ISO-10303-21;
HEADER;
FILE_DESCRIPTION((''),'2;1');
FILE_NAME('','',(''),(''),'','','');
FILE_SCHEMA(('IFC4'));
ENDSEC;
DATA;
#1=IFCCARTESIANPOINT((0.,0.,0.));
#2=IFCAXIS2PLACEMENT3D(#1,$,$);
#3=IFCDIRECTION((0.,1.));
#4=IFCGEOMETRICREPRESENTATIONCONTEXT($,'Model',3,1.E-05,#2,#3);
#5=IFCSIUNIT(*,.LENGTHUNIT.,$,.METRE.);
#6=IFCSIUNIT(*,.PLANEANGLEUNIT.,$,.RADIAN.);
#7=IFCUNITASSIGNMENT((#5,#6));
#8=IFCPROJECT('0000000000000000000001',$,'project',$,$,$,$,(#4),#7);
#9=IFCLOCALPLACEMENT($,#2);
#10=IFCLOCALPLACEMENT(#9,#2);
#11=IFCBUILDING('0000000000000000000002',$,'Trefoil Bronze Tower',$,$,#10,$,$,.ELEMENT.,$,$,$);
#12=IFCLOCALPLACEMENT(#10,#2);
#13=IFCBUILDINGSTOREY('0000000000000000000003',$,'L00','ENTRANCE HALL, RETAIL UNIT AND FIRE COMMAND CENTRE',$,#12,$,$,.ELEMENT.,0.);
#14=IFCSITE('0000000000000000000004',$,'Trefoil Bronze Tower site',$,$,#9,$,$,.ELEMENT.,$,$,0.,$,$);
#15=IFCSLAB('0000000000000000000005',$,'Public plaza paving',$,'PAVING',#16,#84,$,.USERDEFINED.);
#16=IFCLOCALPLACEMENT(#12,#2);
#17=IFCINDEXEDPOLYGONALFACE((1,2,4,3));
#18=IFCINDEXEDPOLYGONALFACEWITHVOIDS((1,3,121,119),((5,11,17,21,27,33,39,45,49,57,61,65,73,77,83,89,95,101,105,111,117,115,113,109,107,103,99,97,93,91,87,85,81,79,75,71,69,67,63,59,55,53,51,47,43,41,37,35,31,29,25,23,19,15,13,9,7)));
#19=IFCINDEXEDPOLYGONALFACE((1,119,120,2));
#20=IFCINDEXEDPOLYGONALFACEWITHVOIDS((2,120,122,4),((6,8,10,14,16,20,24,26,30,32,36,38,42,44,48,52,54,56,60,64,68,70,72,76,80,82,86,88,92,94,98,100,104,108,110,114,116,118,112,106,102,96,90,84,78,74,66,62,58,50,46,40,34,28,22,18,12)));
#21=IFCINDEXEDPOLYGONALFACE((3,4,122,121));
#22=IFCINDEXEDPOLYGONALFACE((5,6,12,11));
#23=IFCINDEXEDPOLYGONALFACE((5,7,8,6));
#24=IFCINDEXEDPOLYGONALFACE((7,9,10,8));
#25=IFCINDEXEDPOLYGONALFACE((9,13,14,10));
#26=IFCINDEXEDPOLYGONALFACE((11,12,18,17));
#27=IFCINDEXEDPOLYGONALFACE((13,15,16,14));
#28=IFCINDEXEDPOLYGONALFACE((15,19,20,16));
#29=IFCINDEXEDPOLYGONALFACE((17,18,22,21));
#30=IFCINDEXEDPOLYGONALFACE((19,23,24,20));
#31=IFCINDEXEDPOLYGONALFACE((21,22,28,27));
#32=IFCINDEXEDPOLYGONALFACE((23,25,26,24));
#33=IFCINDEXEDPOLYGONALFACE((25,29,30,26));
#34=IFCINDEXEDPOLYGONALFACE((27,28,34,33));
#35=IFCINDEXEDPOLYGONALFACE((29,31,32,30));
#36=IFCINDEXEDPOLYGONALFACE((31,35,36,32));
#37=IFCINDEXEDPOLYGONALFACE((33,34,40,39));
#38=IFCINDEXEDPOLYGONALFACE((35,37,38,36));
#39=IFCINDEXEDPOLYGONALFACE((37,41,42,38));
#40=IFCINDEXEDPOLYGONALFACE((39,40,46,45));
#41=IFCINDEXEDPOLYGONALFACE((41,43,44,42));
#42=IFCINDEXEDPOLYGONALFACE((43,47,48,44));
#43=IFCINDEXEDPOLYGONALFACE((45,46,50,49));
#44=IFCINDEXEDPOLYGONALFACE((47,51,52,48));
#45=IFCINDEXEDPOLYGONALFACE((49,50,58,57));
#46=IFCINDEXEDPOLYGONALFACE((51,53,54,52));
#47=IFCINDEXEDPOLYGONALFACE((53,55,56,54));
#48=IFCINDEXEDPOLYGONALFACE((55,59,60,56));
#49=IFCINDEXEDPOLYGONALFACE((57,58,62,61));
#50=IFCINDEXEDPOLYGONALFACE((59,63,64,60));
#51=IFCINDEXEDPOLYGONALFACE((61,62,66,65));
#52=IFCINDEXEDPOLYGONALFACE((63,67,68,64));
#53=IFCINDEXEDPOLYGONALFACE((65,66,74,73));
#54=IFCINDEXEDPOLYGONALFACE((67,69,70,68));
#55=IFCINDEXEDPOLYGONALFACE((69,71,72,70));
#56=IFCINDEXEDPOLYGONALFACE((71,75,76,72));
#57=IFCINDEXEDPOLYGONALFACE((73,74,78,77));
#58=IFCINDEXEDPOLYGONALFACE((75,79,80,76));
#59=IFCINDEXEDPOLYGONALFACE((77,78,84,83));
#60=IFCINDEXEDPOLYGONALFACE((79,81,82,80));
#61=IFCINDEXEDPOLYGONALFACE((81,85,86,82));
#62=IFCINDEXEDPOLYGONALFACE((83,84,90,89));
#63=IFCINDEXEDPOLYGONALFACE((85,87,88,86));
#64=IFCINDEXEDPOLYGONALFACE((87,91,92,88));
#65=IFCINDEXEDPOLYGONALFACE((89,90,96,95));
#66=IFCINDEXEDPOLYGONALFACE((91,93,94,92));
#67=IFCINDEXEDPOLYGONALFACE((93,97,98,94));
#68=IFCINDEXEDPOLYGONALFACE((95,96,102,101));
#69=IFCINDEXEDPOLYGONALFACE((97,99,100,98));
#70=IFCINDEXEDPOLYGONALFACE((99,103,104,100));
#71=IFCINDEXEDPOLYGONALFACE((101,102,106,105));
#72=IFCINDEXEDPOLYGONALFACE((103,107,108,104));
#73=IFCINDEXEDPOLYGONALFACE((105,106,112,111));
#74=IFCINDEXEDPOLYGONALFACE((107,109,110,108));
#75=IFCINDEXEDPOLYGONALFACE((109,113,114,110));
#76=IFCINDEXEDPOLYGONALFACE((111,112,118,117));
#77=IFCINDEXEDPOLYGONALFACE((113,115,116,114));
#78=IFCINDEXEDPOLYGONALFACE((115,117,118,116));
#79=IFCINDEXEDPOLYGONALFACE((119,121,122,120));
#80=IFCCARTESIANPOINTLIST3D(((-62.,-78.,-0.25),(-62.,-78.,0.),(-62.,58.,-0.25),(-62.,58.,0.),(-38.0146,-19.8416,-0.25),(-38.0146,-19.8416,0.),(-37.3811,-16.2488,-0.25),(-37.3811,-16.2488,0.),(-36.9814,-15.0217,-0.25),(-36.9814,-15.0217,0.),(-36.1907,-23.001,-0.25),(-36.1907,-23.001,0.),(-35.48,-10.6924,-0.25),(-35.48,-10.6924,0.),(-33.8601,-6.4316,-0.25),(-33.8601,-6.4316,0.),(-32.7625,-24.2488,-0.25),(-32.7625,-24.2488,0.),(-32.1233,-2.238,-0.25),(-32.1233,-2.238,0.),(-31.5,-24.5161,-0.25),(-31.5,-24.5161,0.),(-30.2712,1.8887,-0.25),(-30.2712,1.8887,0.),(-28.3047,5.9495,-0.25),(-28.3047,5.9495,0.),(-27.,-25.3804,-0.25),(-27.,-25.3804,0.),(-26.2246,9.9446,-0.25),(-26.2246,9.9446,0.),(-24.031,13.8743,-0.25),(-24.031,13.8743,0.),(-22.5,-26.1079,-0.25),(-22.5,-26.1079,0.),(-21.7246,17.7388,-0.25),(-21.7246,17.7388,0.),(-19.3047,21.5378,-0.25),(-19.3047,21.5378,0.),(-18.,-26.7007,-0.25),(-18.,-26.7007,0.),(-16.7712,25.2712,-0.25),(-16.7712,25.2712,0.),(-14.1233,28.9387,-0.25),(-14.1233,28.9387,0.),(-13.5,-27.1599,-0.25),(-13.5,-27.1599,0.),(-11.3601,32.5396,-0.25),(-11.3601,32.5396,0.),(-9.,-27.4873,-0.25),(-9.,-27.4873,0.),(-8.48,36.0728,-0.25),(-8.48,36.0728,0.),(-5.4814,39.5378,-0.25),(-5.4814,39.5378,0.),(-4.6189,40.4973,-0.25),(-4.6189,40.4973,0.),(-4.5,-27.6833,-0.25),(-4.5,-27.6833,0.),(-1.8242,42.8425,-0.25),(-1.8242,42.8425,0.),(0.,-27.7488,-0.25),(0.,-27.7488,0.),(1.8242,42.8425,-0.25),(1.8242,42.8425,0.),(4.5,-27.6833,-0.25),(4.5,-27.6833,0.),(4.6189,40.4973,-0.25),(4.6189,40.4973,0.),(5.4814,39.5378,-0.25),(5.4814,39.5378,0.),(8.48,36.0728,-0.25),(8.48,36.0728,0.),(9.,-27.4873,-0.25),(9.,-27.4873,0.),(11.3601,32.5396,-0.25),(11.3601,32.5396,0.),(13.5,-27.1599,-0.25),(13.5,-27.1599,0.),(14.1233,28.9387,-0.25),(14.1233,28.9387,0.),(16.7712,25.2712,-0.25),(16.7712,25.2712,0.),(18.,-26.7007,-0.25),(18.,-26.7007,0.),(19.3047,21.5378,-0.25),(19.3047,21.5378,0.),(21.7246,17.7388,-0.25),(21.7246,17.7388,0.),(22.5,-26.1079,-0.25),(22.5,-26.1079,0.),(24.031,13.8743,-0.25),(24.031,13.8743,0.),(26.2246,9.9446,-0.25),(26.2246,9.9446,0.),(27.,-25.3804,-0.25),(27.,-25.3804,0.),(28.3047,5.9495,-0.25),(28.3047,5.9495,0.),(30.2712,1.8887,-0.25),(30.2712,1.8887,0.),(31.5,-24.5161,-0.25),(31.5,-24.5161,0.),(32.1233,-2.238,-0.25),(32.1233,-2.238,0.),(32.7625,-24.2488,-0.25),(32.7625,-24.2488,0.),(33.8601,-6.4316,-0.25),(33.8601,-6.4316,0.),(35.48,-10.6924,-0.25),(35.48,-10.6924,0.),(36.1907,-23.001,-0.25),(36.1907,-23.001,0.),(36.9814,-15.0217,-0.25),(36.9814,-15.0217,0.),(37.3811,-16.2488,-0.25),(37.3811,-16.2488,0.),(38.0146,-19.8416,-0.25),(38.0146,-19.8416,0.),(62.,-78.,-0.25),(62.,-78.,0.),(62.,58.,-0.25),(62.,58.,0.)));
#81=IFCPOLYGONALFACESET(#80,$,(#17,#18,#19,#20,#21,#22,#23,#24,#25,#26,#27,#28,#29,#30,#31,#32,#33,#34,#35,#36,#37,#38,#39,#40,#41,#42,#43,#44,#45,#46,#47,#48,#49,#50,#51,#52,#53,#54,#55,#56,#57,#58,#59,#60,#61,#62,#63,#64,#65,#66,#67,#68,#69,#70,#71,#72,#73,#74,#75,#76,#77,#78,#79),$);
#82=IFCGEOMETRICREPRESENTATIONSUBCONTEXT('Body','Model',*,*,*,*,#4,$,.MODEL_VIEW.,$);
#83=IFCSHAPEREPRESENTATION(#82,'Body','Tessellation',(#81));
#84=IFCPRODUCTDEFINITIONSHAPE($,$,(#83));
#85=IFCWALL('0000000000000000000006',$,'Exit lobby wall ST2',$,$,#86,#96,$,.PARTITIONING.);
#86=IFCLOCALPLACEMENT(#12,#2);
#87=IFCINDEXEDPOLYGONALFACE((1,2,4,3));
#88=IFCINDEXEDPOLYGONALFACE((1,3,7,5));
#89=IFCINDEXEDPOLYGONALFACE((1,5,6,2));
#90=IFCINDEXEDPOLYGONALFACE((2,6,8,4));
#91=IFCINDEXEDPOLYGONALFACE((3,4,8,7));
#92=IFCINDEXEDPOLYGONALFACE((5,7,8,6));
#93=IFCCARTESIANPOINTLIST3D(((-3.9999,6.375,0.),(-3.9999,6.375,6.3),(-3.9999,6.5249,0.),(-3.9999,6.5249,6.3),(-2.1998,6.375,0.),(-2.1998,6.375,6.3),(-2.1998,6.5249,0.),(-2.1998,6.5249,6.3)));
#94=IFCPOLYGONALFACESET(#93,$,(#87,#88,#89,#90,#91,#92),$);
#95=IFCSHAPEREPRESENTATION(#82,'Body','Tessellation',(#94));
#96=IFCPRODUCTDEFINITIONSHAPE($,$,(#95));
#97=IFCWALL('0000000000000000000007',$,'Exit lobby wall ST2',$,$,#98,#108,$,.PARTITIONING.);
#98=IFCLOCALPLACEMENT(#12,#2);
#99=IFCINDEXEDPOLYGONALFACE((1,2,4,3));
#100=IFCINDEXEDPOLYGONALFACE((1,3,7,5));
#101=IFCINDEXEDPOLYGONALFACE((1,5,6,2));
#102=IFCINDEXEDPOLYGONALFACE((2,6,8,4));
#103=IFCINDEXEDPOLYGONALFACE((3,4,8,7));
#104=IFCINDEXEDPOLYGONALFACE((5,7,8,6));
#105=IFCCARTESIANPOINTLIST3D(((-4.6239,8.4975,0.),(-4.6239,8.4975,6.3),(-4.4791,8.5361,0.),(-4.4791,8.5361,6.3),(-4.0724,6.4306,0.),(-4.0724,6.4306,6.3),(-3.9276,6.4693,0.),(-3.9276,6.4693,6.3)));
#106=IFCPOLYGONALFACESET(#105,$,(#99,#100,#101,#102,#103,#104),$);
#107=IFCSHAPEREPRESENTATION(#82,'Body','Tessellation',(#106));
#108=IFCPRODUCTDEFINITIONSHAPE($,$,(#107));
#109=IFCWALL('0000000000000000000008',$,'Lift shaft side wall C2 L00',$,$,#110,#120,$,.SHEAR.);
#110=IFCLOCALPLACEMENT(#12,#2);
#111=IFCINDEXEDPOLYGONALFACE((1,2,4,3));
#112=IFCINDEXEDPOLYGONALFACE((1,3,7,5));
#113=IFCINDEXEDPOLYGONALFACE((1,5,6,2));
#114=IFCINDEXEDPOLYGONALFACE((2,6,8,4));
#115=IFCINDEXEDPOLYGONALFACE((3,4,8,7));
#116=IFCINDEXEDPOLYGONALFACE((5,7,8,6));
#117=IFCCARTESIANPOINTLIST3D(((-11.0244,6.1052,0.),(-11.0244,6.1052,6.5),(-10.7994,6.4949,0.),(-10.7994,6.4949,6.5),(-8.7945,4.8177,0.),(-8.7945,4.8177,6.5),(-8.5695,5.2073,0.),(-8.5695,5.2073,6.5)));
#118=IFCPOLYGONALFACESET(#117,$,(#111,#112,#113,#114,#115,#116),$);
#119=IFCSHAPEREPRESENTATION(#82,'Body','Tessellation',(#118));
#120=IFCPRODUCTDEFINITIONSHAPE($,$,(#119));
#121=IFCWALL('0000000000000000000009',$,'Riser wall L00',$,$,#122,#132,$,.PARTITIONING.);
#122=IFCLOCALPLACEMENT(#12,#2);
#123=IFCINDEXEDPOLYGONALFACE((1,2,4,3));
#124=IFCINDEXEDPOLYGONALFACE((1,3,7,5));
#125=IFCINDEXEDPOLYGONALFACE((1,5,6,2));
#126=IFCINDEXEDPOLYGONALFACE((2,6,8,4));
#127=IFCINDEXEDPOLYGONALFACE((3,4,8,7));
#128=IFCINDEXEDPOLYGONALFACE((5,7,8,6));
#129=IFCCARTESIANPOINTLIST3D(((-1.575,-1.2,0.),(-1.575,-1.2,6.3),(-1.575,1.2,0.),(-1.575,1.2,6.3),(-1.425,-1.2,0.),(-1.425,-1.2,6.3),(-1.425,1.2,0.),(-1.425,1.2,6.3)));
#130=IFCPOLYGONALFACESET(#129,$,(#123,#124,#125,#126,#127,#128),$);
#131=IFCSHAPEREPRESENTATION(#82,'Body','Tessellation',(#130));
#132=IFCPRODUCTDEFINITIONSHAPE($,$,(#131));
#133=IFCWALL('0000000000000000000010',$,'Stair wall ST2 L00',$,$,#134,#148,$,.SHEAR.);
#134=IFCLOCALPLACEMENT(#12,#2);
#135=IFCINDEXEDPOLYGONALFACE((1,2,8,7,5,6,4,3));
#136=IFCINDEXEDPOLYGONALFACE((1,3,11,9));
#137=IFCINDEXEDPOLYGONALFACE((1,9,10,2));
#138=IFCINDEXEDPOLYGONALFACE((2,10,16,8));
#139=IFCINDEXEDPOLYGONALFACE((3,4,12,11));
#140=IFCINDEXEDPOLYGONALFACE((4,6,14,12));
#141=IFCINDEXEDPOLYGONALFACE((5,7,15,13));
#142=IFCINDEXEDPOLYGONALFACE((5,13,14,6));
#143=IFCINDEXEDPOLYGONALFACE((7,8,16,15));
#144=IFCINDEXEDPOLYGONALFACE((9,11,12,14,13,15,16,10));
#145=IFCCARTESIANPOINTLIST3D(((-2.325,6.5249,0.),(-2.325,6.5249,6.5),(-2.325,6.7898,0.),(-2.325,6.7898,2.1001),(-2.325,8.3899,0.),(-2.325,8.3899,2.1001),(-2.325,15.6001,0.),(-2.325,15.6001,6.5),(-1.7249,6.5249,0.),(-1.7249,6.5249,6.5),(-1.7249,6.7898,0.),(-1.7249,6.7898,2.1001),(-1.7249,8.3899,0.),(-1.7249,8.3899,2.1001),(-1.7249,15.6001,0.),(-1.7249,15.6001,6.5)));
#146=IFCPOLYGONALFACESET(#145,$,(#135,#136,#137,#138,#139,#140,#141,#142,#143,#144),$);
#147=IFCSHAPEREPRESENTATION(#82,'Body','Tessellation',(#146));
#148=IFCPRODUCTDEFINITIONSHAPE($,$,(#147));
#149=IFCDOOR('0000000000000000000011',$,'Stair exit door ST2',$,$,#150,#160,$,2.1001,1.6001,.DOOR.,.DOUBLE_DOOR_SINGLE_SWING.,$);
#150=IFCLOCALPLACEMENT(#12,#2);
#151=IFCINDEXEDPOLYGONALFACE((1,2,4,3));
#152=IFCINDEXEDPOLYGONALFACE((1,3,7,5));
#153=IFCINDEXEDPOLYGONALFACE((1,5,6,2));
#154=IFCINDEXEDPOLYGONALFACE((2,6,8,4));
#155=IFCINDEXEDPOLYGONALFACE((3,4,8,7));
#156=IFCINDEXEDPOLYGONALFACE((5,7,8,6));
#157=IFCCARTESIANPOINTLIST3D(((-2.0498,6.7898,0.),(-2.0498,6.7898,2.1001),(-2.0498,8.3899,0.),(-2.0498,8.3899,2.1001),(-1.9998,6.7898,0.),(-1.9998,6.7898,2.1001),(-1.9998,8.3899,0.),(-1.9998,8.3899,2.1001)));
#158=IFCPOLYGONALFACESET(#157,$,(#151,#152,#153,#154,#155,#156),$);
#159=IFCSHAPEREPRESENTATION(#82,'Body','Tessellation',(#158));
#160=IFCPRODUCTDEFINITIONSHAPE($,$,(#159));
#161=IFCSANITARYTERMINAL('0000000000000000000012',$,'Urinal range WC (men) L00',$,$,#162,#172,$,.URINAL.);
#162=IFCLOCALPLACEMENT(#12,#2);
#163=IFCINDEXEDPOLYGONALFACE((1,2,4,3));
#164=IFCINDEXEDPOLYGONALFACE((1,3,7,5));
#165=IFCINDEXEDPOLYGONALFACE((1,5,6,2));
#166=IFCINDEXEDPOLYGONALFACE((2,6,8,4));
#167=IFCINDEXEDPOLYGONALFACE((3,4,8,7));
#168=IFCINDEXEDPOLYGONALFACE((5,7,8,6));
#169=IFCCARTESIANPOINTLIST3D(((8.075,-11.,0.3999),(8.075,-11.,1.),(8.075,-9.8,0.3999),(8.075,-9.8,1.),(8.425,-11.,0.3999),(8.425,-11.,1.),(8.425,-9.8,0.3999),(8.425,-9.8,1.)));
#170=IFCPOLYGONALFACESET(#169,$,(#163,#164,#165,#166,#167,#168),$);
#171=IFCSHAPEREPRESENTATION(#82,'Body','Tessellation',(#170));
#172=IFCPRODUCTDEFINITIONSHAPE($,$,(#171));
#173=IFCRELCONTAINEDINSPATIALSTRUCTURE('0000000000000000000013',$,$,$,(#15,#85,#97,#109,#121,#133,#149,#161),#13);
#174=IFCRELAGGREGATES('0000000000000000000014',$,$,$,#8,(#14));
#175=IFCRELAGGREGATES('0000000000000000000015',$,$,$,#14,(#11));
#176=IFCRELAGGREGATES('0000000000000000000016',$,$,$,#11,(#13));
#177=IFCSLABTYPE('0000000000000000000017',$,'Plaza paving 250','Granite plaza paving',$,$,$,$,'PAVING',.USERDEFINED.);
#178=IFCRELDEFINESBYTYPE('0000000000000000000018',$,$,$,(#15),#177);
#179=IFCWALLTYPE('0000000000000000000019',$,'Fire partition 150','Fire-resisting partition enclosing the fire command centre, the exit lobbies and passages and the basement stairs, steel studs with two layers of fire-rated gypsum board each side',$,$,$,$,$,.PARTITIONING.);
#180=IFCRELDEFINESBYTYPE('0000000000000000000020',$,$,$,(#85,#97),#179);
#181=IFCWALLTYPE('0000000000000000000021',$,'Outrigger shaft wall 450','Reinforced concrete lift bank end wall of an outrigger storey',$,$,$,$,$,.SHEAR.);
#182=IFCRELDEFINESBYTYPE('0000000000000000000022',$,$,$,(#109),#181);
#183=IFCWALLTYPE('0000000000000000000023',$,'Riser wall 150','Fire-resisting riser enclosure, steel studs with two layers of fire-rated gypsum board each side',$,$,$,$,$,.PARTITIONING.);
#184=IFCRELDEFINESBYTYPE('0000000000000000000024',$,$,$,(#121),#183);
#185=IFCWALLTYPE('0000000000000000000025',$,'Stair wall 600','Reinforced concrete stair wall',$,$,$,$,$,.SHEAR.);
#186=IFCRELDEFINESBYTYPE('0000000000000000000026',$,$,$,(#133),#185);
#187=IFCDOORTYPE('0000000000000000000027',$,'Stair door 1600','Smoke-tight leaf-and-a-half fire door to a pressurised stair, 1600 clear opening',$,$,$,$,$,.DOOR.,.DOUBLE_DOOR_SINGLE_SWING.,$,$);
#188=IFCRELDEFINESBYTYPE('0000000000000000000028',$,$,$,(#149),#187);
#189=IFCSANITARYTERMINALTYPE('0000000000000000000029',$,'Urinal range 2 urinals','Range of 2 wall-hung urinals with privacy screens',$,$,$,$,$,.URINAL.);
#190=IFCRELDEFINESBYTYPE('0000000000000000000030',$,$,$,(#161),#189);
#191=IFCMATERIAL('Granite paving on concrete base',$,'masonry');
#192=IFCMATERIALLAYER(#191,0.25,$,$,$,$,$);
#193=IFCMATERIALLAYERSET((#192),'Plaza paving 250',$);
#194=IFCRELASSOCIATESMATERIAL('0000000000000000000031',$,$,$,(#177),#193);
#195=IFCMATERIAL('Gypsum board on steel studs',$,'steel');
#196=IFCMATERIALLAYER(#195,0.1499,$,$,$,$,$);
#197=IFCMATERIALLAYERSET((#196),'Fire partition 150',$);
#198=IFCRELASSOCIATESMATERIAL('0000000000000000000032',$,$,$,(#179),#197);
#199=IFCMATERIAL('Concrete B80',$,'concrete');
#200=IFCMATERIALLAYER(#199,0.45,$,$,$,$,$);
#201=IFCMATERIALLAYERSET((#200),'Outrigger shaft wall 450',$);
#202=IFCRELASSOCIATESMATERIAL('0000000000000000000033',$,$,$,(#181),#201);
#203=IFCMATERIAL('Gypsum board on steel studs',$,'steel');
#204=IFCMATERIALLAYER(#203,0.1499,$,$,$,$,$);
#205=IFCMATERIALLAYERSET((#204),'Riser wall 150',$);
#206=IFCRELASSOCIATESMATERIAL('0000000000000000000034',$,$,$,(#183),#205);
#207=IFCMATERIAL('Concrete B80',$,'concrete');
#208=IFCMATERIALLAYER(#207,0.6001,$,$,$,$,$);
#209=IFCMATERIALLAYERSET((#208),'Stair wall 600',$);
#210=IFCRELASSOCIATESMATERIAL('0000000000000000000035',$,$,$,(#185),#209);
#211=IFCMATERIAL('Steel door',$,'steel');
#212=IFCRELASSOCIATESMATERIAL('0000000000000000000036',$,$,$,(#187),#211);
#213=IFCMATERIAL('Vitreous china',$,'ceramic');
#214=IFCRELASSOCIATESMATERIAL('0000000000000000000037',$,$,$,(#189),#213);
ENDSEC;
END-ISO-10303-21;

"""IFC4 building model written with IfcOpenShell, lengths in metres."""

from ifc_helpers import new_model, si_unit, direction, frame, frame_2d, origin, place, context, subcontext, project, spatial, polyline, rectangle, outline, extrude, material, layer, layer_set, type_object, element, fill, save


model = new_model("IFC4")

# Units and contexts
model_context = context("Model", 3, precision=1e-05, world=origin(), true_north=direction((0.0, 1.0)))
body_context = subcontext(model_context, "Body", "Model", "MODEL_VIEW")
ifc_project = project(units=[si_unit("LENGTHUNIT", "METRE"), si_unit("PLANEANGLEUNIT", "RADIAN")], contexts=[model_context])

# Site, building, storey
site_placement = place(None, origin())
site = spatial("IfcSite", under=ifc_project, at=site_placement, Name="Trefoil Bronze Tower site", CompositionType="ELEMENT", RefElevation=0.0)
building_placement = place(site_placement, origin())
building = spatial("IfcBuilding", under=site, at=building_placement, Name="Trefoil Bronze Tower", CompositionType="ELEMENT")
storey_placement = place(building_placement, origin())
storey = spatial("IfcBuildingStorey", under=building, at=storey_placement, Name="L00", Description="ENTRANCE HALL, RETAIL UNIT AND FIRE COMMAND CENTRE", CompositionType="ELEMENT", Elevation=0.0)

# Slab
ifc_material_1 = material(Name="Granite paving on concrete base", Category="masonry")
ifc_layer_1 = layer(ifc_material_1, 0.25)
ifc_layer_set_1 = layer_set([ifc_layer_1], Name="Plaza paving 250")
slab_type_1 = type_object("IfcSlabType", Name="Plaza paving 250", Description="Granite plaza paving", ElementType="PAVING", PredefinedType="USERDEFINED", material=ifc_layer_set_1)
slab_1_placement = place(storey_placement, frame((0.0, 0.0, -0.25)))
element("IfcSlab", 1, at=slab_1_placement, inside=storey, type_object=slab_type_1, Name="Public plaza paving", ObjectType="PAVING", PredefinedType="USERDEFINED", context=body_context, shape_type="SweptSolid", body=[
    extrude(outline(polyline([(-62.0, -78.0), (62.0, -78.0), (62.0, 58.0), (-62.0, 58.0), (-62.0, -78.0)]), holes=[polyline([(-32.7625, -24.2488), (-31.5, -24.5161), (-27.0, -25.3804), (-22.5, -26.1079), (-18.0, -26.7007), (-13.5, -27.1599), (-9.0, -27.4873), (-4.5, -27.6833), (0.0, -27.7488), (4.5, -27.6833), (9.0, -27.4873), (13.5, -27.1599), (18.0, -26.7007), (22.5, -26.1079), (27.0, -25.3804), (31.5, -24.5161), (32.7625, -24.2488), (36.1907, -23.001), (38.0146, -19.8416), (37.3811, -16.2488), (36.9814, -15.0217), (35.48, -10.6924), (33.8601, -6.4316), (32.1233, -2.238), (30.2712, 1.8887), (28.3047, 5.9495), (26.2246, 9.9446), (24.031, 13.8743), (21.7246, 17.7388), (19.3047, 21.5378), (16.7712, 25.2712), (14.1233, 28.9387), (11.3601, 32.5396), (8.48, 36.0728), (5.4814, 39.5378), (4.6189, 40.4973), (1.8242, 42.8425), (-1.8242, 42.8425), (-4.6189, 40.4973), (-5.4814, 39.5378), (-8.48, 36.0728), (-11.3601, 32.5396), (-14.1233, 28.9387), (-16.7712, 25.2712), (-19.3047, 21.5378), (-21.7246, 17.7388), (-24.031, 13.8743), (-26.2246, 9.9446), (-28.3047, 5.9495), (-30.2712, 1.8887), (-32.1233, -2.238), (-33.8601, -6.4316), (-35.48, -10.6924), (-36.9814, -15.0217), (-37.3811, -16.2488), (-38.0146, -19.8416), (-36.1907, -23.001), (-32.7625, -24.2488)])]), origin(), (0.0, 0.0, 1.0), 0.25),
])

# Walls
ifc_material_2 = material(Name="Gypsum board on steel studs", Category="steel")
ifc_layer_2 = layer(ifc_material_2, 0.1499)
ifc_layer_set_2 = layer_set([ifc_layer_2], Name="Fire partition 150")
wall_type_1 = type_object("IfcWallType", Name="Fire partition 150", Description="Fire-resisting partition enclosing the fire command centre, the exit lobbies and passages and the basement stairs, steel studs with two layers of fire-rated gypsum board each side", PredefinedType="PARTITIONING", material=ifc_layer_set_2)
wall_1_placement = place(storey_placement, frame((-2.2, 6.45, 0.0), z_axis=(0.0, 0.0, 1.0), x_axis=(-1.0, 0.0, 0.0)))
element("IfcWall", 2, at=wall_1_placement, inside=storey, type_object=wall_type_1, Name="Exit lobby wall ST2", PredefinedType="PARTITIONING", context=body_context, shape_type="SweptSolid", body=[
    extrude(rectangle(XDim=1.8, YDim=0.1499, at=frame_2d((0.8999, 0.0))), origin(), (0.0, 0.0, 1.0), 6.3),
])
wall_2_placement = place(storey_placement, frame((-4.0, 6.45, 0.0), z_axis=(0.0, 0.0, 1.0), x_axis=(-0.257812, 0.966195, 0.0)))
element("IfcWall", 3, at=wall_2_placement, inside=storey, type_object=wall_type_1, Name="Exit lobby wall ST2", PredefinedType="PARTITIONING", context=body_context, shape_type="SweptSolid", body=[
    extrude(rectangle(XDim=2.1392, YDim=0.1499, at=frame_2d((1.0696, 0.0))), origin(), (0.0, 0.0, 1.0), 6.3),
])
ifc_material_3 = material(Name="Concrete B80", Category="concrete")
ifc_layer_3 = layer(ifc_material_3, 0.45)
ifc_layer_set_3 = layer_set([ifc_layer_3], Name="Outrigger shaft wall 450")
wall_type_2 = type_object("IfcWallType", Name="Outrigger shaft wall 450", Description="Reinforced concrete lift bank end wall of an outrigger storey", PredefinedType="SHEAR", material=ifc_layer_set_3)
wall_3_placement = place(storey_placement, frame((-8.6819, 5.0125, 0.0), z_axis=(0.0, 0.0, 1.0), x_axis=(-0.866006, 0.500034, 0.0)))
element("IfcWall", 4, at=wall_3_placement, inside=storey, type_object=wall_type_2, Name="Lift shaft side wall C2 L00", PredefinedType="SHEAR", context=body_context, shape_type="SweptSolid", body=[
    extrude(rectangle(XDim=2.575, YDim=0.45, at=frame_2d((1.2876, 0.0))), origin(), (0.0, 0.0, 1.0), 6.5),
])
ifc_material_4 = material(Name="Gypsum board on steel studs", Category="steel")
ifc_layer_4 = layer(ifc_material_4, 0.1499)
ifc_layer_set_4 = layer_set([ifc_layer_4], Name="Riser wall 150")
wall_type_3 = type_object("IfcWallType", Name="Riser wall 150", Description="Fire-resisting riser enclosure, steel studs with two layers of fire-rated gypsum board each side", PredefinedType="PARTITIONING", material=ifc_layer_set_4)
wall_4_placement = place(storey_placement, frame((-1.5, 1.2, 0.0), z_axis=(0.0, 0.0, 1.0), x_axis=(0.0, -1.0, 0.0)))
element("IfcWall", 5, at=wall_4_placement, inside=storey, type_object=wall_type_3, Name="Riser wall L00", PredefinedType="PARTITIONING", context=body_context, shape_type="SweptSolid", body=[
    extrude(rectangle(XDim=2.3999, YDim=0.1499, at=frame_2d((1.2, 0.0))), origin(), (0.0, 0.0, 1.0), 6.3),
])

# Wall, opening, door
ifc_material_5 = material(Name="Concrete B80", Category="concrete")
ifc_layer_5 = layer(ifc_material_5, 0.6001)
ifc_layer_set_5 = layer_set([ifc_layer_5], Name="Stair wall 600")
wall_type_4 = type_object("IfcWallType", Name="Stair wall 600", Description="Reinforced concrete stair wall", PredefinedType="SHEAR", material=ifc_layer_set_5)
wall_5_placement = place(storey_placement, frame((-2.0249, 6.5249, 0.0), z_axis=(0.0, 0.0, 1.0), x_axis=(0.0, 1.0, 0.0)))
wall_5 = element("IfcWall", 6, at=wall_5_placement, inside=storey, type_object=wall_type_4, Name="Stair wall ST2 L00", PredefinedType="SHEAR", context=body_context, shape_type="SweptSolid", body=[
    extrude(rectangle(XDim=9.0752, YDim=0.6001, at=frame_2d((4.5376, 0.0))), origin(), (0.0, 0.0, 1.0), 6.5),
])
opening_placement = place(wall_5_placement, frame((0.2649, 0.0, 0.0)))
opening = element("IfcOpeningElement", 7, at=opening_placement, cuts=wall_5, PredefinedType="OPENING", context=body_context, shape_type="SweptSolid", body=[
    extrude(rectangle(XDim=1.6001, YDim=2.1001, at=frame_2d((0.8, 1.05))), frame((0.0, 0.3101, 0.0), z_axis=(0.0, -1.0, 0.0), x_axis=(1.0, 0.0, 0.0)), (0.0, 0.0, 1.0), 0.6201),
])
ifc_material_6 = material(Name="Steel door", Category="steel")
door_type = type_object("IfcDoorType", Name="Stair door 1600", Description="Smoke-tight leaf-and-a-half fire door to a pressurised stair, 1600 clear opening", OperationType="DOUBLE_DOOR_SINGLE_SWING", PredefinedType="DOOR", material=ifc_material_6)
door_placement = place(opening_placement, origin())
door = element("IfcDoor", 8, at=door_placement, inside=storey, type_object=door_type, Name="Stair exit door ST2", OperationType="DOUBLE_DOOR_SINGLE_SWING", OverallHeight=2.1001, OverallWidth=1.6001, PredefinedType="DOOR", context=body_context, shape_type="SweptSolid", body=[
    extrude(rectangle(XDim=1.6001, YDim=2.1001, at=frame_2d((0.8, 1.05))), frame((0.0, 0.0249, 0.0), z_axis=(0.0, -1.0, 0.0), x_axis=(1.0, 0.0, 0.0)), (0.0, 0.0, 1.0), 0.05),
])
fill(opening, door)

# Sanitary terminal
ifc_material_7 = material(Name="Vitreous china", Category="ceramic")
sanitary_terminal_type_1 = type_object("IfcSanitaryTerminalType", Name="Urinal range 2 urinals", Description="Range of 2 wall-hung urinals with privacy screens", PredefinedType="URINAL", material=ifc_material_7)
sanitary_terminal_1_placement = place(storey_placement, frame((0.0, 0.0, 0.3999)))
element("IfcSanitaryTerminal", 9, at=sanitary_terminal_1_placement, inside=storey, type_object=sanitary_terminal_type_1, Name="Urinal range WC (men) L00", PredefinedType="URINAL", context=body_context, shape_type="SweptSolid", body=[
    extrude(outline(polyline([(8.075, -9.8), (8.425, -9.8), (8.425, -11.0), (8.075, -11.0), (8.075, -9.8)])), origin(), (0.0, 0.0, 1.0), 0.6001),
])

save(model, "model.ifc")
